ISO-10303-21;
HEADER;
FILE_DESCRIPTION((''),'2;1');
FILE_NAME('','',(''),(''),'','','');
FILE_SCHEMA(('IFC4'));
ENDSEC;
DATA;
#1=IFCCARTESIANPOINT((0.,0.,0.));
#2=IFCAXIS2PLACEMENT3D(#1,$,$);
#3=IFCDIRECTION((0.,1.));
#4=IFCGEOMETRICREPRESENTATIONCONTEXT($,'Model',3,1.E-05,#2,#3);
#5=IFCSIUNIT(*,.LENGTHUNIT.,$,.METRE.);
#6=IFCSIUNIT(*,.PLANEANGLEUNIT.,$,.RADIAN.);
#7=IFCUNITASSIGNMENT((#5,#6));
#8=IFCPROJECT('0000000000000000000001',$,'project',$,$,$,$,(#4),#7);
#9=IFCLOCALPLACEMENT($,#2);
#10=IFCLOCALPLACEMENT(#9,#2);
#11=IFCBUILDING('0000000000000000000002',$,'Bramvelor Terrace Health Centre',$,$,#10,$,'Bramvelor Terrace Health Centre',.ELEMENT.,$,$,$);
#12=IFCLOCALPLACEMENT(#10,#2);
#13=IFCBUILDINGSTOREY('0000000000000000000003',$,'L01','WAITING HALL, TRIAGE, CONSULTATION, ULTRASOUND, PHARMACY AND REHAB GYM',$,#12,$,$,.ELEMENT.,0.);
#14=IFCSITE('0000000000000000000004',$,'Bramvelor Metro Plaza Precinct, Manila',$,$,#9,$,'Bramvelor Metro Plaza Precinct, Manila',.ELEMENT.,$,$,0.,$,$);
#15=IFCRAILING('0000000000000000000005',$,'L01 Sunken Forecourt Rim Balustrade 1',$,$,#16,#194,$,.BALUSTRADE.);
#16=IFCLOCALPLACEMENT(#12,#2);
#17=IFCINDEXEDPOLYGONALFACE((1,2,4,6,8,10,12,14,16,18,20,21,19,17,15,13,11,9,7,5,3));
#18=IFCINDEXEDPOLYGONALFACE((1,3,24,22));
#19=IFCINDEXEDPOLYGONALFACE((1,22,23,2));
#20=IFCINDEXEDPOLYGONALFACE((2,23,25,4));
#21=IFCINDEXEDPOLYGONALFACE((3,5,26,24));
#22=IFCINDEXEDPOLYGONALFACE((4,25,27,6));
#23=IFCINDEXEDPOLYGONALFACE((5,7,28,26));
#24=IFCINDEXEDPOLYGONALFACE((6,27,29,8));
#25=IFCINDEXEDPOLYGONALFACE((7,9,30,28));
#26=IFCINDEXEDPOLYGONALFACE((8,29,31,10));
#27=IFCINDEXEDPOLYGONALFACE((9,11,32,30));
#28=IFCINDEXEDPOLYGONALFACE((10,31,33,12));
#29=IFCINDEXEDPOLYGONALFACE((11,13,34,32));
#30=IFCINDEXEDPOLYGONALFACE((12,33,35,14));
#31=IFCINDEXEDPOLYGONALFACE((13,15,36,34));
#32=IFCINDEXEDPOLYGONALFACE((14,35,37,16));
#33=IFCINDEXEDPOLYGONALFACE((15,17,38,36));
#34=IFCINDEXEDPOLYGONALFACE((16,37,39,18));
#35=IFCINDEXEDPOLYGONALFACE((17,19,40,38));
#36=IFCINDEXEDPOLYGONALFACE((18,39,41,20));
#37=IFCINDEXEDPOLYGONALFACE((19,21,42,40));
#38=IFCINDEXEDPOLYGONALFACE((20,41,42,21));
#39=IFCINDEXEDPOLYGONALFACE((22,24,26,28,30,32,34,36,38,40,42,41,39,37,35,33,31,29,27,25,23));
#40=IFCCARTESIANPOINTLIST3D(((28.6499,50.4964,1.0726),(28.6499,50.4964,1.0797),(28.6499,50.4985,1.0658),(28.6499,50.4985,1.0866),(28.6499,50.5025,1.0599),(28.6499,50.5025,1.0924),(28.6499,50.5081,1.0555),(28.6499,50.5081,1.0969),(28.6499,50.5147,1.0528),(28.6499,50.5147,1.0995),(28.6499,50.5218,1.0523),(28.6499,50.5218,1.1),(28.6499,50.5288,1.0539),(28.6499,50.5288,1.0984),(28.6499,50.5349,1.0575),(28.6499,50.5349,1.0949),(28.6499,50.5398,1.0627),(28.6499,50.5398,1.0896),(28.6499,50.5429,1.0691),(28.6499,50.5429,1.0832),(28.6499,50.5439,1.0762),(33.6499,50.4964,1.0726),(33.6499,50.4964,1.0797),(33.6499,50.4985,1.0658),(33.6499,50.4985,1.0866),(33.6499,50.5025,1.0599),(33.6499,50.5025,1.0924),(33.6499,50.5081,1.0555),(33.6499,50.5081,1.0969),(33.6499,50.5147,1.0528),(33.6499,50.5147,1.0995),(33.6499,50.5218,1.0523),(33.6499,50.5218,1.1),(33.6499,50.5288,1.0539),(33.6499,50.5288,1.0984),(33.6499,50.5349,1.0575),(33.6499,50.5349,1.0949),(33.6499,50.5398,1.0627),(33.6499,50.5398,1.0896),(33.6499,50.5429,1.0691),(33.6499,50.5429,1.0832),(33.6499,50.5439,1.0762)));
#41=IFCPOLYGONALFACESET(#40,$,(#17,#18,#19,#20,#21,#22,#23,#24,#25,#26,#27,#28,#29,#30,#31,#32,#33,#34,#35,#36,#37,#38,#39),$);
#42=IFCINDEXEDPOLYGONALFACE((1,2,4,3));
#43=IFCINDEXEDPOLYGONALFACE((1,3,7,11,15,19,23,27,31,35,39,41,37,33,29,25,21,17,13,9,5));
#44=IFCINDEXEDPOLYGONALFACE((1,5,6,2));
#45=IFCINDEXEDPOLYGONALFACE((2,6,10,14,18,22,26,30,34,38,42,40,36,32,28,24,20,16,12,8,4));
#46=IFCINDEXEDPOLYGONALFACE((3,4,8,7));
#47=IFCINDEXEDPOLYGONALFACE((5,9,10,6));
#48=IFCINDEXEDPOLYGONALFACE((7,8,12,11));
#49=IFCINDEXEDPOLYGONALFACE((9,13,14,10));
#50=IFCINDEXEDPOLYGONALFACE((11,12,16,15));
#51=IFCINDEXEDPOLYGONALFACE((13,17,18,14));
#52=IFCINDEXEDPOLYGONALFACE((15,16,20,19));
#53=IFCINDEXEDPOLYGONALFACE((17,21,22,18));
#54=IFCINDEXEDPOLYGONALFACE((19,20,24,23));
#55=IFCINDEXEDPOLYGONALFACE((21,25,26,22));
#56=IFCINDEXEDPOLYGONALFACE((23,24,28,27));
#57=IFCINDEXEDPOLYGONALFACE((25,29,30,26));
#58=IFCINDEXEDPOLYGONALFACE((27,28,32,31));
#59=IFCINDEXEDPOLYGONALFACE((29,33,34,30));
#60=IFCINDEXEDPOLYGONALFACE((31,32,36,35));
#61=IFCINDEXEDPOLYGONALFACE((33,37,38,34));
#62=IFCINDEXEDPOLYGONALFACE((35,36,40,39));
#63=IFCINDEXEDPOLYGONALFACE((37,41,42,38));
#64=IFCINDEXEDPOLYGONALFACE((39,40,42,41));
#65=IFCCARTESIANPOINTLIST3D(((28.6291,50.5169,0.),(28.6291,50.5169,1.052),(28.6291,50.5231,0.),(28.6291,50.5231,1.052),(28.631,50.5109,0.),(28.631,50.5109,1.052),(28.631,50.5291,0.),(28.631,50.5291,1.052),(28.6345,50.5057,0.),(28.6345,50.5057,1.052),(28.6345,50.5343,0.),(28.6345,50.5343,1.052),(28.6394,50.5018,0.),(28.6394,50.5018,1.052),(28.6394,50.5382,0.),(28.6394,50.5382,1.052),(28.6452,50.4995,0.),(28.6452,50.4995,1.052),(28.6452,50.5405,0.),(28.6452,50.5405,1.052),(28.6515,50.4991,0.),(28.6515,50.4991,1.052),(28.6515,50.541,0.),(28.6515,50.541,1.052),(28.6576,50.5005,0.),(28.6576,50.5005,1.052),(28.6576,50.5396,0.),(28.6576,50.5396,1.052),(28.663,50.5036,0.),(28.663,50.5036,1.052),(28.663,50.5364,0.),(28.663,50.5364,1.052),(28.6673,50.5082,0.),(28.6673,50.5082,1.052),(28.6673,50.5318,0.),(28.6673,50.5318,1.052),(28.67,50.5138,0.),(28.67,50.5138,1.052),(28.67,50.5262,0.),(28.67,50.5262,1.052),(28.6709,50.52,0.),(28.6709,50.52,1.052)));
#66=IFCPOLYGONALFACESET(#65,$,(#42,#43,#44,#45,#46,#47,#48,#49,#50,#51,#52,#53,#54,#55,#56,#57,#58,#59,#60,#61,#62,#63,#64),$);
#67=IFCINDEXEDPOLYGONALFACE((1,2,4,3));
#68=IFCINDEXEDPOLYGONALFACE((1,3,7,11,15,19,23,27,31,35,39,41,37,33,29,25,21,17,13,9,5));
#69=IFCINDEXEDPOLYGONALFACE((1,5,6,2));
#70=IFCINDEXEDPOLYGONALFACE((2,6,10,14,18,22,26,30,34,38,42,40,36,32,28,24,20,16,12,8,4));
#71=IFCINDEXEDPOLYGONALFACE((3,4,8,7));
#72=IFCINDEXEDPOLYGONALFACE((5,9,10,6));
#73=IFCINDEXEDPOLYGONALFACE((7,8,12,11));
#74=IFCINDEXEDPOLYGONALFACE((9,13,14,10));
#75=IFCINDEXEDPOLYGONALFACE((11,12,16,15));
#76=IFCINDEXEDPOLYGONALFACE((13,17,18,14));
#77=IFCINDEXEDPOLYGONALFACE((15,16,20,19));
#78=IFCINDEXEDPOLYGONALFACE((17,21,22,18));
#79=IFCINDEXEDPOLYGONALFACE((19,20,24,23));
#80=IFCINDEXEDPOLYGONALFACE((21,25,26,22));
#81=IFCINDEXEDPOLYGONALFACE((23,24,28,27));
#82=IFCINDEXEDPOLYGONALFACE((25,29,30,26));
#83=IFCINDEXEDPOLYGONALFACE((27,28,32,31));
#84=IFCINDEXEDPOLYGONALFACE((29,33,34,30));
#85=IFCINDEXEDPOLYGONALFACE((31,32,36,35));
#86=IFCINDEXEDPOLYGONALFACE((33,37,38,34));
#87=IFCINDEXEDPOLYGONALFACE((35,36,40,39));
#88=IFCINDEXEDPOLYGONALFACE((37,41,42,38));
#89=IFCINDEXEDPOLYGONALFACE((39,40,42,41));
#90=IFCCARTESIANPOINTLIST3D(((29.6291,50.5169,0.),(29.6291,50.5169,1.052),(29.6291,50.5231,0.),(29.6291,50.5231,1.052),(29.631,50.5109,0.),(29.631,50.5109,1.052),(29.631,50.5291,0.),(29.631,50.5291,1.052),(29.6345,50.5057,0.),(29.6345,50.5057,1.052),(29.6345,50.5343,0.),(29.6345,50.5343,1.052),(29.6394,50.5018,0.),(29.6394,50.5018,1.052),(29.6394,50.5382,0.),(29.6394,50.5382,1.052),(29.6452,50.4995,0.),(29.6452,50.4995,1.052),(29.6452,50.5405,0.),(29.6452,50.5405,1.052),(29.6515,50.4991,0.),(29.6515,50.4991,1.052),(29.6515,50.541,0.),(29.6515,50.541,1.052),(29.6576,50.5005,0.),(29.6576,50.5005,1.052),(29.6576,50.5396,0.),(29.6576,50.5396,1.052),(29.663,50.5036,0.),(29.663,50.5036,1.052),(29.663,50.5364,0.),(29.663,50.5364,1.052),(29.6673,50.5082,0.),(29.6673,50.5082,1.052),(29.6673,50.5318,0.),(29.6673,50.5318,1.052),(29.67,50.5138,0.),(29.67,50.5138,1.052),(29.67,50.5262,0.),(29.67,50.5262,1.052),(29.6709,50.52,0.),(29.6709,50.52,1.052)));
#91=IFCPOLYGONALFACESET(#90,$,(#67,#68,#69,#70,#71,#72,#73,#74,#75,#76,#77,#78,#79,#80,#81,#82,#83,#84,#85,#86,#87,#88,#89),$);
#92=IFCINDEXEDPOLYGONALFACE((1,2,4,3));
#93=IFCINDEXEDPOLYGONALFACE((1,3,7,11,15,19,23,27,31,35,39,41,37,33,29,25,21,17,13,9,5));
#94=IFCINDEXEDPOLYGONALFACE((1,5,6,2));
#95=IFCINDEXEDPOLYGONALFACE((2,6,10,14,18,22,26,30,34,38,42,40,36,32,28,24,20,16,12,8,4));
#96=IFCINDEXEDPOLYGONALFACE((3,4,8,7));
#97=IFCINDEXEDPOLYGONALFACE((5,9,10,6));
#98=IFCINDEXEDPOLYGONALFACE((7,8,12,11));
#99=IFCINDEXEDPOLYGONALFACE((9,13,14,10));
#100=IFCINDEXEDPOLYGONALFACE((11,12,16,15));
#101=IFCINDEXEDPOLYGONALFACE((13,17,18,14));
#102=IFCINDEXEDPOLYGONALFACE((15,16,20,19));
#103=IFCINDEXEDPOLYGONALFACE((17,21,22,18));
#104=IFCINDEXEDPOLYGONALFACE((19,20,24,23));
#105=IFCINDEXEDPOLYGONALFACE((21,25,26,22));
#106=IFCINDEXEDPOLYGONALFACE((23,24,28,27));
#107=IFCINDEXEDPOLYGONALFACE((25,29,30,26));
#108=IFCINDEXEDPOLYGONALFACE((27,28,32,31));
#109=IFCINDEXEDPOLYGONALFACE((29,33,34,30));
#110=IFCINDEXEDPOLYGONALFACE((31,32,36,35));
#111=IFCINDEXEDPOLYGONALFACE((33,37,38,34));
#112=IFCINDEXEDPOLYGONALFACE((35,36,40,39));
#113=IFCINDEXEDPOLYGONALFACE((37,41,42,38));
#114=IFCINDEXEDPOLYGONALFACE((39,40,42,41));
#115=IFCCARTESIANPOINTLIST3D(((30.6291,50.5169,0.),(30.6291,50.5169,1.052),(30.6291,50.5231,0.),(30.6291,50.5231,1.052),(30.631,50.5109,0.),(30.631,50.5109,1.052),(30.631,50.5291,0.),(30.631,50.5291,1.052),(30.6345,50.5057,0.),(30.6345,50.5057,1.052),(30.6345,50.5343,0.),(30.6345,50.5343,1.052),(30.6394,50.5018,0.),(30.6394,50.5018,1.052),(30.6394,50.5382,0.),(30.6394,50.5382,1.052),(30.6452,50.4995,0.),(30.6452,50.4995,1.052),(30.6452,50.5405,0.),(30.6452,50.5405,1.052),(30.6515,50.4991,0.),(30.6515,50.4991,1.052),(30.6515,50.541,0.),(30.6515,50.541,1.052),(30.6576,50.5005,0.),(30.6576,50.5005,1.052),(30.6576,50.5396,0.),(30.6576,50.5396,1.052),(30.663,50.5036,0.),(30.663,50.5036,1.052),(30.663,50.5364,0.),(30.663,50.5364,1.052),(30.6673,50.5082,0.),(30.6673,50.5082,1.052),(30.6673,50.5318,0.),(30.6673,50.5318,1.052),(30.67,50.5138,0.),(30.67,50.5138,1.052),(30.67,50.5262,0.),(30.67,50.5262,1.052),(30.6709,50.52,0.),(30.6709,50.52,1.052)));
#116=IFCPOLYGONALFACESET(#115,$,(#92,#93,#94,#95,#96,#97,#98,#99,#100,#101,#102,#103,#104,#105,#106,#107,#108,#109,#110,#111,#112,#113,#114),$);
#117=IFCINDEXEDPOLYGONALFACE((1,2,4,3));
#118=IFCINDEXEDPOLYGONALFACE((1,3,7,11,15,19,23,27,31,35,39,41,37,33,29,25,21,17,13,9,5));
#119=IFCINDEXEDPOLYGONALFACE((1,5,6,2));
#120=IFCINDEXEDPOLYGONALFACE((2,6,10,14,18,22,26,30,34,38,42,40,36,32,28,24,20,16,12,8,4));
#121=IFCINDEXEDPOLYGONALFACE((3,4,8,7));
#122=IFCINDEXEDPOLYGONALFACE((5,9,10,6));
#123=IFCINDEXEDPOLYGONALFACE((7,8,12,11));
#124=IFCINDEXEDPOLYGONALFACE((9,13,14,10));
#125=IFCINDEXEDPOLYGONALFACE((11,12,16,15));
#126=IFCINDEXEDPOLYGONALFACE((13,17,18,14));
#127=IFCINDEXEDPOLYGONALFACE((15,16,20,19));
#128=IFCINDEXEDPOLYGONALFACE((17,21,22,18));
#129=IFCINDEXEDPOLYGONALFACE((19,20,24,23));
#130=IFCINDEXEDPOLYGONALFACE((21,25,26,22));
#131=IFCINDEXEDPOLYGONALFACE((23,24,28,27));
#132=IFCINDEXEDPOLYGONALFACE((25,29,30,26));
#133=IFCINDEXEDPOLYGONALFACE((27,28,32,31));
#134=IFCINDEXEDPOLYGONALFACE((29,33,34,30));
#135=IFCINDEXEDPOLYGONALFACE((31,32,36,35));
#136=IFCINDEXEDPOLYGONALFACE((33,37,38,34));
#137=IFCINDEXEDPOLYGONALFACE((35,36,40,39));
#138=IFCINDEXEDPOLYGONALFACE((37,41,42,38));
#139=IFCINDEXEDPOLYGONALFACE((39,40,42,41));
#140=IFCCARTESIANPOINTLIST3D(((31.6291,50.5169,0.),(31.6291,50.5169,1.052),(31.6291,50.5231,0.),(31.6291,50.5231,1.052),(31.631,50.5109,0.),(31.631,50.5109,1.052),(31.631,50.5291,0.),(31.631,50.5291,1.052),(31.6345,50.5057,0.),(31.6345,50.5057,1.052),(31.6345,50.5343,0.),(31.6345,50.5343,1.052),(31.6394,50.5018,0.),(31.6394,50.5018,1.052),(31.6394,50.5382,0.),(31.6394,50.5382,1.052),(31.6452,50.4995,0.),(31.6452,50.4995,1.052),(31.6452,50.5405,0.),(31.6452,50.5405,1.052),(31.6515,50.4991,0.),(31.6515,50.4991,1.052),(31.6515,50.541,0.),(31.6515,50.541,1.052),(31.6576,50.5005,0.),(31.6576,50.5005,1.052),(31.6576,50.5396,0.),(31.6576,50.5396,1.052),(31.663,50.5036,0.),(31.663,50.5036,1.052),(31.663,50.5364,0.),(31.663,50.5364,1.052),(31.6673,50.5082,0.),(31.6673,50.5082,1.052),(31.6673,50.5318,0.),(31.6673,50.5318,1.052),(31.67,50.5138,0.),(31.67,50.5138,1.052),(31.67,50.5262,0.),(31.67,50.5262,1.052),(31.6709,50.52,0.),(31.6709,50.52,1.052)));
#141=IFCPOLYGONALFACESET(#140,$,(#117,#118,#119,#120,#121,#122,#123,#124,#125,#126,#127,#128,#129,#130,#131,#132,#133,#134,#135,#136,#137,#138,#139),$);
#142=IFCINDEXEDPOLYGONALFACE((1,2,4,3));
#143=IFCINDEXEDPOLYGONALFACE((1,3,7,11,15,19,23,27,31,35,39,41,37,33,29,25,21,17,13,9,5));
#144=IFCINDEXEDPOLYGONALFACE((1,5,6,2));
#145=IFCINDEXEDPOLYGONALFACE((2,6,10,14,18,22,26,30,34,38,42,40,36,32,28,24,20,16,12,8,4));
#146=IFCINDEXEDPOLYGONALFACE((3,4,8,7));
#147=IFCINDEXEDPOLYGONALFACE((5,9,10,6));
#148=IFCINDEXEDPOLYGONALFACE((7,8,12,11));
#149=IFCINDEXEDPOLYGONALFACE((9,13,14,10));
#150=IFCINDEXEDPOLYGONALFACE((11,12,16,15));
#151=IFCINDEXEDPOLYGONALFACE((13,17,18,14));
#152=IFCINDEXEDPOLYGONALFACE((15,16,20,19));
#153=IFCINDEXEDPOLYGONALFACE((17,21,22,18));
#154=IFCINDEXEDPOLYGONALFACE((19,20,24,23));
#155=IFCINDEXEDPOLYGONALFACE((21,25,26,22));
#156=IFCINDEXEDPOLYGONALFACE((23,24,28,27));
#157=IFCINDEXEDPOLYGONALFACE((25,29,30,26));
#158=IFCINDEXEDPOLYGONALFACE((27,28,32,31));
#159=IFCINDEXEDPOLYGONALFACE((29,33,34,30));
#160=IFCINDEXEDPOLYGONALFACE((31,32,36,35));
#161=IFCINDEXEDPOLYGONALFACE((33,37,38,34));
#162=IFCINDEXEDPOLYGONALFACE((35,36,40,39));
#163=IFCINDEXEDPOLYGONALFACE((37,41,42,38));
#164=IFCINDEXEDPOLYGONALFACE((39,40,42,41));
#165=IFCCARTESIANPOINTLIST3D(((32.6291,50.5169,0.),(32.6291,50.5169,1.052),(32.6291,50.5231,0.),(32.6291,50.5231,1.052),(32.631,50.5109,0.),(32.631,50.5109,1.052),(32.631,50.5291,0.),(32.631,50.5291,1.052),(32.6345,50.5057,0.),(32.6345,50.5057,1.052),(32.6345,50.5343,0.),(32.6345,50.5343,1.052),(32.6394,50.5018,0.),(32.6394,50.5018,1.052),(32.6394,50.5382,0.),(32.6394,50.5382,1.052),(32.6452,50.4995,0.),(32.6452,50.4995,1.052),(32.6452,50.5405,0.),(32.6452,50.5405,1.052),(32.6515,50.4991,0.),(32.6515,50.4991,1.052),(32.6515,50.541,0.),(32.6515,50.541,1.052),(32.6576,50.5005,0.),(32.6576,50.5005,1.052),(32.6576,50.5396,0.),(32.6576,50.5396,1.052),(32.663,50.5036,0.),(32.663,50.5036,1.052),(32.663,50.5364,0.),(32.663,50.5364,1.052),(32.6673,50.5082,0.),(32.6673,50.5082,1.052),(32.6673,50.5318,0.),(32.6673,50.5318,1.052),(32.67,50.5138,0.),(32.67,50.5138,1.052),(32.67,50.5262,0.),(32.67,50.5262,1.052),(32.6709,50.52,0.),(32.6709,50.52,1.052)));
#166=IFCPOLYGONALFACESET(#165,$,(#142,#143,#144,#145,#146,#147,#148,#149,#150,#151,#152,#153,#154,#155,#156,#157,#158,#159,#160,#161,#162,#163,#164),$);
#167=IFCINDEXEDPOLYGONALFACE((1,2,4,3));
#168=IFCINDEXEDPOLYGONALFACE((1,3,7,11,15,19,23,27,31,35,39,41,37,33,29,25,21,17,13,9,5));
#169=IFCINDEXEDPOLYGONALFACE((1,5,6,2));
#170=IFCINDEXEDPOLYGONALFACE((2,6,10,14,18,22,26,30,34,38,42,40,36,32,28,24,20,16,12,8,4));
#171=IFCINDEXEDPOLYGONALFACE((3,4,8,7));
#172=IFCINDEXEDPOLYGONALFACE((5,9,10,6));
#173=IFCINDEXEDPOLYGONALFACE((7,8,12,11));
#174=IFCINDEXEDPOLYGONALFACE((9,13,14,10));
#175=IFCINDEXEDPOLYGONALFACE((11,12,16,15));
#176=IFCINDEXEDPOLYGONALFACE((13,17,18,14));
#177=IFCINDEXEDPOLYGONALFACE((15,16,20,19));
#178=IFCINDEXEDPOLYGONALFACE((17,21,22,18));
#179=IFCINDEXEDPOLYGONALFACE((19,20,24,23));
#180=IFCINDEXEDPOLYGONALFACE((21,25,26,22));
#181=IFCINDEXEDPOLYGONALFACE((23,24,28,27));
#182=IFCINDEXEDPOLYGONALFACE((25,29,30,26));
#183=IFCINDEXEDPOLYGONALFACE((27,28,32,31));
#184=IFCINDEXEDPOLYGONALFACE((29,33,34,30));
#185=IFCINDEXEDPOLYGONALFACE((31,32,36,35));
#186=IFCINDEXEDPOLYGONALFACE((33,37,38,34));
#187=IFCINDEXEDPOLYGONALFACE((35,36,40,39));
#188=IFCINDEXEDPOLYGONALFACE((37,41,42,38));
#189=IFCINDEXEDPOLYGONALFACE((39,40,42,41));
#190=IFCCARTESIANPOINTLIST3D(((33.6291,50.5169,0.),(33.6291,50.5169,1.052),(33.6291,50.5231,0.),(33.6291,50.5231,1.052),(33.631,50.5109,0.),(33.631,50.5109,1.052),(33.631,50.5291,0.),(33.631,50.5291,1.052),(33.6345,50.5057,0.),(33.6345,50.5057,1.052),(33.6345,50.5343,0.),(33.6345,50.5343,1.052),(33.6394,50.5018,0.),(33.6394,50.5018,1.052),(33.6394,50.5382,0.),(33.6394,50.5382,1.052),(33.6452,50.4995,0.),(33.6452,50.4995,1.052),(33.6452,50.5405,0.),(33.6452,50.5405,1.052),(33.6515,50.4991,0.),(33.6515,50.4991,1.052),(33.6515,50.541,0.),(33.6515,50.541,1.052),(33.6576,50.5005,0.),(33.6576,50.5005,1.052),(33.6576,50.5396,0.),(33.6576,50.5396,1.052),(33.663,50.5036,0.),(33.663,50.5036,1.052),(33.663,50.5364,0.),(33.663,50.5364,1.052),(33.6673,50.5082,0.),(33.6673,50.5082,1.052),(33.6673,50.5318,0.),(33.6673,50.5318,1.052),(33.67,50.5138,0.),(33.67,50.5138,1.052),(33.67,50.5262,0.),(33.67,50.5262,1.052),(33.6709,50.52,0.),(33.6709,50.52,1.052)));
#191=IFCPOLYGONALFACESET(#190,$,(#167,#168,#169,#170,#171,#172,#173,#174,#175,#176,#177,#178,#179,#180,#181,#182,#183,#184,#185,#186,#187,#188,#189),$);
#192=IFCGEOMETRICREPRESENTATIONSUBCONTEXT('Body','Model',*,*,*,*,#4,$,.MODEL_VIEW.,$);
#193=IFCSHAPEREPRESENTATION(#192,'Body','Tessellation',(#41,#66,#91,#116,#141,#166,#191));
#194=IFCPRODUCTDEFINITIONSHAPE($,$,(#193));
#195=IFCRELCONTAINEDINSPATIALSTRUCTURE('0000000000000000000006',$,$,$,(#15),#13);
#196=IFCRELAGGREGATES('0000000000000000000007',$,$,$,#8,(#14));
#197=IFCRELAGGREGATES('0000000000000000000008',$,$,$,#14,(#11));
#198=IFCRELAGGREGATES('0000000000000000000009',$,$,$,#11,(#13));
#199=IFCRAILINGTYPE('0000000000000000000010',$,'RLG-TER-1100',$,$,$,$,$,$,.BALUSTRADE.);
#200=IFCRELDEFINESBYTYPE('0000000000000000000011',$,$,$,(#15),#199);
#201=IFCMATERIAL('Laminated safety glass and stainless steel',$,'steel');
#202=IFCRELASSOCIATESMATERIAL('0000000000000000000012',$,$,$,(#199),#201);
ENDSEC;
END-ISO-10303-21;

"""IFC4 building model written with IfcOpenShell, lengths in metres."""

from ifc_helpers import new_model, si_unit, direction, frame, origin, origin_2d, place, context, subcontext, project, spatial, circle, extrude, material, type_object, element, save


model = new_model("IFC4")

# Units and contexts
model_context = context("Model", 3, precision=1e-05, world=origin(), true_north=direction((0.0, 1.0)))
body_context = subcontext(model_context, "Body", "Model", "MODEL_VIEW")
ifc_project = project(units=[si_unit("LENGTHUNIT", "METRE"), si_unit("PLANEANGLEUNIT", "RADIAN")], contexts=[model_context])

# Site, building, storey
site_placement = place(None, origin())
site = spatial("IfcSite", under=ifc_project, at=site_placement, Name="Bramvelor Metro Plaza Precinct, Manila", LongName="Bramvelor Metro Plaza Precinct, Manila", CompositionType="ELEMENT", RefElevation=0.0)
building_placement = place(site_placement, origin())
building = spatial("IfcBuilding", under=site, at=building_placement, Name="Bramvelor Terrace Health Centre", LongName="Bramvelor Terrace Health Centre", CompositionType="ELEMENT")
storey_placement = place(building_placement, origin())
storey = spatial("IfcBuildingStorey", under=building, at=storey_placement, Name="L01", Description="WAITING HALL, TRIAGE, CONSULTATION, ULTRASOUND, PHARMACY AND REHAB GYM", CompositionType="ELEMENT", Elevation=0.0)

# Railing
ifc_material_1 = material(Name="Laminated safety glass and stainless steel", Category="steel")
railing_type = type_object("IfcRailingType", Name="RLG-TER-1100", PredefinedType="BALUSTRADE", material=ifc_material_1)
railing_placement = place(storey_placement, frame((28.6499, 50.52, 0.0)))
element("IfcRailing", 1, at=railing_placement, inside=storey, type_object=railing_type, Name="L01 Sunken Forecourt Rim Balustrade 1", PredefinedType="BALUSTRADE", context=body_context, shape_type="SweptSolid", body=[
    extrude(circle(Radius=0.0239, at=origin_2d()), frame((0.0, 0.0, 1.0762), z_axis=(1.0, 0.0, 0.0), x_axis=(0.0, 1.0, 0.0)), (0.0, 0.0, 1.0), 5.0),
    extrude(circle(Radius=0.021, at=origin_2d()), origin(), (0.0, 0.0, 1.0), 1.052),
    extrude(circle(Radius=0.021, at=origin_2d()), frame((1.0, 0.0, 0.0)), (0.0, 0.0, 1.0), 1.052),
    extrude(circle(Radius=0.021, at=origin_2d()), frame((2.0, 0.0, 0.0)), (0.0, 0.0, 1.0), 1.052),
    extrude(circle(Radius=0.021, at=origin_2d()), frame((3.0, 0.0, 0.0)), (0.0, 0.0, 1.0), 1.052),
    extrude(circle(Radius=0.021, at=origin_2d()), frame((4.0, 0.0, 0.0)), (0.0, 0.0, 1.0), 1.052),
    extrude(circle(Radius=0.021, at=origin_2d()), frame((5.0, 0.0, 0.0)), (0.0, 0.0, 1.0), 1.052),
])

save(model, "model.ifc")
